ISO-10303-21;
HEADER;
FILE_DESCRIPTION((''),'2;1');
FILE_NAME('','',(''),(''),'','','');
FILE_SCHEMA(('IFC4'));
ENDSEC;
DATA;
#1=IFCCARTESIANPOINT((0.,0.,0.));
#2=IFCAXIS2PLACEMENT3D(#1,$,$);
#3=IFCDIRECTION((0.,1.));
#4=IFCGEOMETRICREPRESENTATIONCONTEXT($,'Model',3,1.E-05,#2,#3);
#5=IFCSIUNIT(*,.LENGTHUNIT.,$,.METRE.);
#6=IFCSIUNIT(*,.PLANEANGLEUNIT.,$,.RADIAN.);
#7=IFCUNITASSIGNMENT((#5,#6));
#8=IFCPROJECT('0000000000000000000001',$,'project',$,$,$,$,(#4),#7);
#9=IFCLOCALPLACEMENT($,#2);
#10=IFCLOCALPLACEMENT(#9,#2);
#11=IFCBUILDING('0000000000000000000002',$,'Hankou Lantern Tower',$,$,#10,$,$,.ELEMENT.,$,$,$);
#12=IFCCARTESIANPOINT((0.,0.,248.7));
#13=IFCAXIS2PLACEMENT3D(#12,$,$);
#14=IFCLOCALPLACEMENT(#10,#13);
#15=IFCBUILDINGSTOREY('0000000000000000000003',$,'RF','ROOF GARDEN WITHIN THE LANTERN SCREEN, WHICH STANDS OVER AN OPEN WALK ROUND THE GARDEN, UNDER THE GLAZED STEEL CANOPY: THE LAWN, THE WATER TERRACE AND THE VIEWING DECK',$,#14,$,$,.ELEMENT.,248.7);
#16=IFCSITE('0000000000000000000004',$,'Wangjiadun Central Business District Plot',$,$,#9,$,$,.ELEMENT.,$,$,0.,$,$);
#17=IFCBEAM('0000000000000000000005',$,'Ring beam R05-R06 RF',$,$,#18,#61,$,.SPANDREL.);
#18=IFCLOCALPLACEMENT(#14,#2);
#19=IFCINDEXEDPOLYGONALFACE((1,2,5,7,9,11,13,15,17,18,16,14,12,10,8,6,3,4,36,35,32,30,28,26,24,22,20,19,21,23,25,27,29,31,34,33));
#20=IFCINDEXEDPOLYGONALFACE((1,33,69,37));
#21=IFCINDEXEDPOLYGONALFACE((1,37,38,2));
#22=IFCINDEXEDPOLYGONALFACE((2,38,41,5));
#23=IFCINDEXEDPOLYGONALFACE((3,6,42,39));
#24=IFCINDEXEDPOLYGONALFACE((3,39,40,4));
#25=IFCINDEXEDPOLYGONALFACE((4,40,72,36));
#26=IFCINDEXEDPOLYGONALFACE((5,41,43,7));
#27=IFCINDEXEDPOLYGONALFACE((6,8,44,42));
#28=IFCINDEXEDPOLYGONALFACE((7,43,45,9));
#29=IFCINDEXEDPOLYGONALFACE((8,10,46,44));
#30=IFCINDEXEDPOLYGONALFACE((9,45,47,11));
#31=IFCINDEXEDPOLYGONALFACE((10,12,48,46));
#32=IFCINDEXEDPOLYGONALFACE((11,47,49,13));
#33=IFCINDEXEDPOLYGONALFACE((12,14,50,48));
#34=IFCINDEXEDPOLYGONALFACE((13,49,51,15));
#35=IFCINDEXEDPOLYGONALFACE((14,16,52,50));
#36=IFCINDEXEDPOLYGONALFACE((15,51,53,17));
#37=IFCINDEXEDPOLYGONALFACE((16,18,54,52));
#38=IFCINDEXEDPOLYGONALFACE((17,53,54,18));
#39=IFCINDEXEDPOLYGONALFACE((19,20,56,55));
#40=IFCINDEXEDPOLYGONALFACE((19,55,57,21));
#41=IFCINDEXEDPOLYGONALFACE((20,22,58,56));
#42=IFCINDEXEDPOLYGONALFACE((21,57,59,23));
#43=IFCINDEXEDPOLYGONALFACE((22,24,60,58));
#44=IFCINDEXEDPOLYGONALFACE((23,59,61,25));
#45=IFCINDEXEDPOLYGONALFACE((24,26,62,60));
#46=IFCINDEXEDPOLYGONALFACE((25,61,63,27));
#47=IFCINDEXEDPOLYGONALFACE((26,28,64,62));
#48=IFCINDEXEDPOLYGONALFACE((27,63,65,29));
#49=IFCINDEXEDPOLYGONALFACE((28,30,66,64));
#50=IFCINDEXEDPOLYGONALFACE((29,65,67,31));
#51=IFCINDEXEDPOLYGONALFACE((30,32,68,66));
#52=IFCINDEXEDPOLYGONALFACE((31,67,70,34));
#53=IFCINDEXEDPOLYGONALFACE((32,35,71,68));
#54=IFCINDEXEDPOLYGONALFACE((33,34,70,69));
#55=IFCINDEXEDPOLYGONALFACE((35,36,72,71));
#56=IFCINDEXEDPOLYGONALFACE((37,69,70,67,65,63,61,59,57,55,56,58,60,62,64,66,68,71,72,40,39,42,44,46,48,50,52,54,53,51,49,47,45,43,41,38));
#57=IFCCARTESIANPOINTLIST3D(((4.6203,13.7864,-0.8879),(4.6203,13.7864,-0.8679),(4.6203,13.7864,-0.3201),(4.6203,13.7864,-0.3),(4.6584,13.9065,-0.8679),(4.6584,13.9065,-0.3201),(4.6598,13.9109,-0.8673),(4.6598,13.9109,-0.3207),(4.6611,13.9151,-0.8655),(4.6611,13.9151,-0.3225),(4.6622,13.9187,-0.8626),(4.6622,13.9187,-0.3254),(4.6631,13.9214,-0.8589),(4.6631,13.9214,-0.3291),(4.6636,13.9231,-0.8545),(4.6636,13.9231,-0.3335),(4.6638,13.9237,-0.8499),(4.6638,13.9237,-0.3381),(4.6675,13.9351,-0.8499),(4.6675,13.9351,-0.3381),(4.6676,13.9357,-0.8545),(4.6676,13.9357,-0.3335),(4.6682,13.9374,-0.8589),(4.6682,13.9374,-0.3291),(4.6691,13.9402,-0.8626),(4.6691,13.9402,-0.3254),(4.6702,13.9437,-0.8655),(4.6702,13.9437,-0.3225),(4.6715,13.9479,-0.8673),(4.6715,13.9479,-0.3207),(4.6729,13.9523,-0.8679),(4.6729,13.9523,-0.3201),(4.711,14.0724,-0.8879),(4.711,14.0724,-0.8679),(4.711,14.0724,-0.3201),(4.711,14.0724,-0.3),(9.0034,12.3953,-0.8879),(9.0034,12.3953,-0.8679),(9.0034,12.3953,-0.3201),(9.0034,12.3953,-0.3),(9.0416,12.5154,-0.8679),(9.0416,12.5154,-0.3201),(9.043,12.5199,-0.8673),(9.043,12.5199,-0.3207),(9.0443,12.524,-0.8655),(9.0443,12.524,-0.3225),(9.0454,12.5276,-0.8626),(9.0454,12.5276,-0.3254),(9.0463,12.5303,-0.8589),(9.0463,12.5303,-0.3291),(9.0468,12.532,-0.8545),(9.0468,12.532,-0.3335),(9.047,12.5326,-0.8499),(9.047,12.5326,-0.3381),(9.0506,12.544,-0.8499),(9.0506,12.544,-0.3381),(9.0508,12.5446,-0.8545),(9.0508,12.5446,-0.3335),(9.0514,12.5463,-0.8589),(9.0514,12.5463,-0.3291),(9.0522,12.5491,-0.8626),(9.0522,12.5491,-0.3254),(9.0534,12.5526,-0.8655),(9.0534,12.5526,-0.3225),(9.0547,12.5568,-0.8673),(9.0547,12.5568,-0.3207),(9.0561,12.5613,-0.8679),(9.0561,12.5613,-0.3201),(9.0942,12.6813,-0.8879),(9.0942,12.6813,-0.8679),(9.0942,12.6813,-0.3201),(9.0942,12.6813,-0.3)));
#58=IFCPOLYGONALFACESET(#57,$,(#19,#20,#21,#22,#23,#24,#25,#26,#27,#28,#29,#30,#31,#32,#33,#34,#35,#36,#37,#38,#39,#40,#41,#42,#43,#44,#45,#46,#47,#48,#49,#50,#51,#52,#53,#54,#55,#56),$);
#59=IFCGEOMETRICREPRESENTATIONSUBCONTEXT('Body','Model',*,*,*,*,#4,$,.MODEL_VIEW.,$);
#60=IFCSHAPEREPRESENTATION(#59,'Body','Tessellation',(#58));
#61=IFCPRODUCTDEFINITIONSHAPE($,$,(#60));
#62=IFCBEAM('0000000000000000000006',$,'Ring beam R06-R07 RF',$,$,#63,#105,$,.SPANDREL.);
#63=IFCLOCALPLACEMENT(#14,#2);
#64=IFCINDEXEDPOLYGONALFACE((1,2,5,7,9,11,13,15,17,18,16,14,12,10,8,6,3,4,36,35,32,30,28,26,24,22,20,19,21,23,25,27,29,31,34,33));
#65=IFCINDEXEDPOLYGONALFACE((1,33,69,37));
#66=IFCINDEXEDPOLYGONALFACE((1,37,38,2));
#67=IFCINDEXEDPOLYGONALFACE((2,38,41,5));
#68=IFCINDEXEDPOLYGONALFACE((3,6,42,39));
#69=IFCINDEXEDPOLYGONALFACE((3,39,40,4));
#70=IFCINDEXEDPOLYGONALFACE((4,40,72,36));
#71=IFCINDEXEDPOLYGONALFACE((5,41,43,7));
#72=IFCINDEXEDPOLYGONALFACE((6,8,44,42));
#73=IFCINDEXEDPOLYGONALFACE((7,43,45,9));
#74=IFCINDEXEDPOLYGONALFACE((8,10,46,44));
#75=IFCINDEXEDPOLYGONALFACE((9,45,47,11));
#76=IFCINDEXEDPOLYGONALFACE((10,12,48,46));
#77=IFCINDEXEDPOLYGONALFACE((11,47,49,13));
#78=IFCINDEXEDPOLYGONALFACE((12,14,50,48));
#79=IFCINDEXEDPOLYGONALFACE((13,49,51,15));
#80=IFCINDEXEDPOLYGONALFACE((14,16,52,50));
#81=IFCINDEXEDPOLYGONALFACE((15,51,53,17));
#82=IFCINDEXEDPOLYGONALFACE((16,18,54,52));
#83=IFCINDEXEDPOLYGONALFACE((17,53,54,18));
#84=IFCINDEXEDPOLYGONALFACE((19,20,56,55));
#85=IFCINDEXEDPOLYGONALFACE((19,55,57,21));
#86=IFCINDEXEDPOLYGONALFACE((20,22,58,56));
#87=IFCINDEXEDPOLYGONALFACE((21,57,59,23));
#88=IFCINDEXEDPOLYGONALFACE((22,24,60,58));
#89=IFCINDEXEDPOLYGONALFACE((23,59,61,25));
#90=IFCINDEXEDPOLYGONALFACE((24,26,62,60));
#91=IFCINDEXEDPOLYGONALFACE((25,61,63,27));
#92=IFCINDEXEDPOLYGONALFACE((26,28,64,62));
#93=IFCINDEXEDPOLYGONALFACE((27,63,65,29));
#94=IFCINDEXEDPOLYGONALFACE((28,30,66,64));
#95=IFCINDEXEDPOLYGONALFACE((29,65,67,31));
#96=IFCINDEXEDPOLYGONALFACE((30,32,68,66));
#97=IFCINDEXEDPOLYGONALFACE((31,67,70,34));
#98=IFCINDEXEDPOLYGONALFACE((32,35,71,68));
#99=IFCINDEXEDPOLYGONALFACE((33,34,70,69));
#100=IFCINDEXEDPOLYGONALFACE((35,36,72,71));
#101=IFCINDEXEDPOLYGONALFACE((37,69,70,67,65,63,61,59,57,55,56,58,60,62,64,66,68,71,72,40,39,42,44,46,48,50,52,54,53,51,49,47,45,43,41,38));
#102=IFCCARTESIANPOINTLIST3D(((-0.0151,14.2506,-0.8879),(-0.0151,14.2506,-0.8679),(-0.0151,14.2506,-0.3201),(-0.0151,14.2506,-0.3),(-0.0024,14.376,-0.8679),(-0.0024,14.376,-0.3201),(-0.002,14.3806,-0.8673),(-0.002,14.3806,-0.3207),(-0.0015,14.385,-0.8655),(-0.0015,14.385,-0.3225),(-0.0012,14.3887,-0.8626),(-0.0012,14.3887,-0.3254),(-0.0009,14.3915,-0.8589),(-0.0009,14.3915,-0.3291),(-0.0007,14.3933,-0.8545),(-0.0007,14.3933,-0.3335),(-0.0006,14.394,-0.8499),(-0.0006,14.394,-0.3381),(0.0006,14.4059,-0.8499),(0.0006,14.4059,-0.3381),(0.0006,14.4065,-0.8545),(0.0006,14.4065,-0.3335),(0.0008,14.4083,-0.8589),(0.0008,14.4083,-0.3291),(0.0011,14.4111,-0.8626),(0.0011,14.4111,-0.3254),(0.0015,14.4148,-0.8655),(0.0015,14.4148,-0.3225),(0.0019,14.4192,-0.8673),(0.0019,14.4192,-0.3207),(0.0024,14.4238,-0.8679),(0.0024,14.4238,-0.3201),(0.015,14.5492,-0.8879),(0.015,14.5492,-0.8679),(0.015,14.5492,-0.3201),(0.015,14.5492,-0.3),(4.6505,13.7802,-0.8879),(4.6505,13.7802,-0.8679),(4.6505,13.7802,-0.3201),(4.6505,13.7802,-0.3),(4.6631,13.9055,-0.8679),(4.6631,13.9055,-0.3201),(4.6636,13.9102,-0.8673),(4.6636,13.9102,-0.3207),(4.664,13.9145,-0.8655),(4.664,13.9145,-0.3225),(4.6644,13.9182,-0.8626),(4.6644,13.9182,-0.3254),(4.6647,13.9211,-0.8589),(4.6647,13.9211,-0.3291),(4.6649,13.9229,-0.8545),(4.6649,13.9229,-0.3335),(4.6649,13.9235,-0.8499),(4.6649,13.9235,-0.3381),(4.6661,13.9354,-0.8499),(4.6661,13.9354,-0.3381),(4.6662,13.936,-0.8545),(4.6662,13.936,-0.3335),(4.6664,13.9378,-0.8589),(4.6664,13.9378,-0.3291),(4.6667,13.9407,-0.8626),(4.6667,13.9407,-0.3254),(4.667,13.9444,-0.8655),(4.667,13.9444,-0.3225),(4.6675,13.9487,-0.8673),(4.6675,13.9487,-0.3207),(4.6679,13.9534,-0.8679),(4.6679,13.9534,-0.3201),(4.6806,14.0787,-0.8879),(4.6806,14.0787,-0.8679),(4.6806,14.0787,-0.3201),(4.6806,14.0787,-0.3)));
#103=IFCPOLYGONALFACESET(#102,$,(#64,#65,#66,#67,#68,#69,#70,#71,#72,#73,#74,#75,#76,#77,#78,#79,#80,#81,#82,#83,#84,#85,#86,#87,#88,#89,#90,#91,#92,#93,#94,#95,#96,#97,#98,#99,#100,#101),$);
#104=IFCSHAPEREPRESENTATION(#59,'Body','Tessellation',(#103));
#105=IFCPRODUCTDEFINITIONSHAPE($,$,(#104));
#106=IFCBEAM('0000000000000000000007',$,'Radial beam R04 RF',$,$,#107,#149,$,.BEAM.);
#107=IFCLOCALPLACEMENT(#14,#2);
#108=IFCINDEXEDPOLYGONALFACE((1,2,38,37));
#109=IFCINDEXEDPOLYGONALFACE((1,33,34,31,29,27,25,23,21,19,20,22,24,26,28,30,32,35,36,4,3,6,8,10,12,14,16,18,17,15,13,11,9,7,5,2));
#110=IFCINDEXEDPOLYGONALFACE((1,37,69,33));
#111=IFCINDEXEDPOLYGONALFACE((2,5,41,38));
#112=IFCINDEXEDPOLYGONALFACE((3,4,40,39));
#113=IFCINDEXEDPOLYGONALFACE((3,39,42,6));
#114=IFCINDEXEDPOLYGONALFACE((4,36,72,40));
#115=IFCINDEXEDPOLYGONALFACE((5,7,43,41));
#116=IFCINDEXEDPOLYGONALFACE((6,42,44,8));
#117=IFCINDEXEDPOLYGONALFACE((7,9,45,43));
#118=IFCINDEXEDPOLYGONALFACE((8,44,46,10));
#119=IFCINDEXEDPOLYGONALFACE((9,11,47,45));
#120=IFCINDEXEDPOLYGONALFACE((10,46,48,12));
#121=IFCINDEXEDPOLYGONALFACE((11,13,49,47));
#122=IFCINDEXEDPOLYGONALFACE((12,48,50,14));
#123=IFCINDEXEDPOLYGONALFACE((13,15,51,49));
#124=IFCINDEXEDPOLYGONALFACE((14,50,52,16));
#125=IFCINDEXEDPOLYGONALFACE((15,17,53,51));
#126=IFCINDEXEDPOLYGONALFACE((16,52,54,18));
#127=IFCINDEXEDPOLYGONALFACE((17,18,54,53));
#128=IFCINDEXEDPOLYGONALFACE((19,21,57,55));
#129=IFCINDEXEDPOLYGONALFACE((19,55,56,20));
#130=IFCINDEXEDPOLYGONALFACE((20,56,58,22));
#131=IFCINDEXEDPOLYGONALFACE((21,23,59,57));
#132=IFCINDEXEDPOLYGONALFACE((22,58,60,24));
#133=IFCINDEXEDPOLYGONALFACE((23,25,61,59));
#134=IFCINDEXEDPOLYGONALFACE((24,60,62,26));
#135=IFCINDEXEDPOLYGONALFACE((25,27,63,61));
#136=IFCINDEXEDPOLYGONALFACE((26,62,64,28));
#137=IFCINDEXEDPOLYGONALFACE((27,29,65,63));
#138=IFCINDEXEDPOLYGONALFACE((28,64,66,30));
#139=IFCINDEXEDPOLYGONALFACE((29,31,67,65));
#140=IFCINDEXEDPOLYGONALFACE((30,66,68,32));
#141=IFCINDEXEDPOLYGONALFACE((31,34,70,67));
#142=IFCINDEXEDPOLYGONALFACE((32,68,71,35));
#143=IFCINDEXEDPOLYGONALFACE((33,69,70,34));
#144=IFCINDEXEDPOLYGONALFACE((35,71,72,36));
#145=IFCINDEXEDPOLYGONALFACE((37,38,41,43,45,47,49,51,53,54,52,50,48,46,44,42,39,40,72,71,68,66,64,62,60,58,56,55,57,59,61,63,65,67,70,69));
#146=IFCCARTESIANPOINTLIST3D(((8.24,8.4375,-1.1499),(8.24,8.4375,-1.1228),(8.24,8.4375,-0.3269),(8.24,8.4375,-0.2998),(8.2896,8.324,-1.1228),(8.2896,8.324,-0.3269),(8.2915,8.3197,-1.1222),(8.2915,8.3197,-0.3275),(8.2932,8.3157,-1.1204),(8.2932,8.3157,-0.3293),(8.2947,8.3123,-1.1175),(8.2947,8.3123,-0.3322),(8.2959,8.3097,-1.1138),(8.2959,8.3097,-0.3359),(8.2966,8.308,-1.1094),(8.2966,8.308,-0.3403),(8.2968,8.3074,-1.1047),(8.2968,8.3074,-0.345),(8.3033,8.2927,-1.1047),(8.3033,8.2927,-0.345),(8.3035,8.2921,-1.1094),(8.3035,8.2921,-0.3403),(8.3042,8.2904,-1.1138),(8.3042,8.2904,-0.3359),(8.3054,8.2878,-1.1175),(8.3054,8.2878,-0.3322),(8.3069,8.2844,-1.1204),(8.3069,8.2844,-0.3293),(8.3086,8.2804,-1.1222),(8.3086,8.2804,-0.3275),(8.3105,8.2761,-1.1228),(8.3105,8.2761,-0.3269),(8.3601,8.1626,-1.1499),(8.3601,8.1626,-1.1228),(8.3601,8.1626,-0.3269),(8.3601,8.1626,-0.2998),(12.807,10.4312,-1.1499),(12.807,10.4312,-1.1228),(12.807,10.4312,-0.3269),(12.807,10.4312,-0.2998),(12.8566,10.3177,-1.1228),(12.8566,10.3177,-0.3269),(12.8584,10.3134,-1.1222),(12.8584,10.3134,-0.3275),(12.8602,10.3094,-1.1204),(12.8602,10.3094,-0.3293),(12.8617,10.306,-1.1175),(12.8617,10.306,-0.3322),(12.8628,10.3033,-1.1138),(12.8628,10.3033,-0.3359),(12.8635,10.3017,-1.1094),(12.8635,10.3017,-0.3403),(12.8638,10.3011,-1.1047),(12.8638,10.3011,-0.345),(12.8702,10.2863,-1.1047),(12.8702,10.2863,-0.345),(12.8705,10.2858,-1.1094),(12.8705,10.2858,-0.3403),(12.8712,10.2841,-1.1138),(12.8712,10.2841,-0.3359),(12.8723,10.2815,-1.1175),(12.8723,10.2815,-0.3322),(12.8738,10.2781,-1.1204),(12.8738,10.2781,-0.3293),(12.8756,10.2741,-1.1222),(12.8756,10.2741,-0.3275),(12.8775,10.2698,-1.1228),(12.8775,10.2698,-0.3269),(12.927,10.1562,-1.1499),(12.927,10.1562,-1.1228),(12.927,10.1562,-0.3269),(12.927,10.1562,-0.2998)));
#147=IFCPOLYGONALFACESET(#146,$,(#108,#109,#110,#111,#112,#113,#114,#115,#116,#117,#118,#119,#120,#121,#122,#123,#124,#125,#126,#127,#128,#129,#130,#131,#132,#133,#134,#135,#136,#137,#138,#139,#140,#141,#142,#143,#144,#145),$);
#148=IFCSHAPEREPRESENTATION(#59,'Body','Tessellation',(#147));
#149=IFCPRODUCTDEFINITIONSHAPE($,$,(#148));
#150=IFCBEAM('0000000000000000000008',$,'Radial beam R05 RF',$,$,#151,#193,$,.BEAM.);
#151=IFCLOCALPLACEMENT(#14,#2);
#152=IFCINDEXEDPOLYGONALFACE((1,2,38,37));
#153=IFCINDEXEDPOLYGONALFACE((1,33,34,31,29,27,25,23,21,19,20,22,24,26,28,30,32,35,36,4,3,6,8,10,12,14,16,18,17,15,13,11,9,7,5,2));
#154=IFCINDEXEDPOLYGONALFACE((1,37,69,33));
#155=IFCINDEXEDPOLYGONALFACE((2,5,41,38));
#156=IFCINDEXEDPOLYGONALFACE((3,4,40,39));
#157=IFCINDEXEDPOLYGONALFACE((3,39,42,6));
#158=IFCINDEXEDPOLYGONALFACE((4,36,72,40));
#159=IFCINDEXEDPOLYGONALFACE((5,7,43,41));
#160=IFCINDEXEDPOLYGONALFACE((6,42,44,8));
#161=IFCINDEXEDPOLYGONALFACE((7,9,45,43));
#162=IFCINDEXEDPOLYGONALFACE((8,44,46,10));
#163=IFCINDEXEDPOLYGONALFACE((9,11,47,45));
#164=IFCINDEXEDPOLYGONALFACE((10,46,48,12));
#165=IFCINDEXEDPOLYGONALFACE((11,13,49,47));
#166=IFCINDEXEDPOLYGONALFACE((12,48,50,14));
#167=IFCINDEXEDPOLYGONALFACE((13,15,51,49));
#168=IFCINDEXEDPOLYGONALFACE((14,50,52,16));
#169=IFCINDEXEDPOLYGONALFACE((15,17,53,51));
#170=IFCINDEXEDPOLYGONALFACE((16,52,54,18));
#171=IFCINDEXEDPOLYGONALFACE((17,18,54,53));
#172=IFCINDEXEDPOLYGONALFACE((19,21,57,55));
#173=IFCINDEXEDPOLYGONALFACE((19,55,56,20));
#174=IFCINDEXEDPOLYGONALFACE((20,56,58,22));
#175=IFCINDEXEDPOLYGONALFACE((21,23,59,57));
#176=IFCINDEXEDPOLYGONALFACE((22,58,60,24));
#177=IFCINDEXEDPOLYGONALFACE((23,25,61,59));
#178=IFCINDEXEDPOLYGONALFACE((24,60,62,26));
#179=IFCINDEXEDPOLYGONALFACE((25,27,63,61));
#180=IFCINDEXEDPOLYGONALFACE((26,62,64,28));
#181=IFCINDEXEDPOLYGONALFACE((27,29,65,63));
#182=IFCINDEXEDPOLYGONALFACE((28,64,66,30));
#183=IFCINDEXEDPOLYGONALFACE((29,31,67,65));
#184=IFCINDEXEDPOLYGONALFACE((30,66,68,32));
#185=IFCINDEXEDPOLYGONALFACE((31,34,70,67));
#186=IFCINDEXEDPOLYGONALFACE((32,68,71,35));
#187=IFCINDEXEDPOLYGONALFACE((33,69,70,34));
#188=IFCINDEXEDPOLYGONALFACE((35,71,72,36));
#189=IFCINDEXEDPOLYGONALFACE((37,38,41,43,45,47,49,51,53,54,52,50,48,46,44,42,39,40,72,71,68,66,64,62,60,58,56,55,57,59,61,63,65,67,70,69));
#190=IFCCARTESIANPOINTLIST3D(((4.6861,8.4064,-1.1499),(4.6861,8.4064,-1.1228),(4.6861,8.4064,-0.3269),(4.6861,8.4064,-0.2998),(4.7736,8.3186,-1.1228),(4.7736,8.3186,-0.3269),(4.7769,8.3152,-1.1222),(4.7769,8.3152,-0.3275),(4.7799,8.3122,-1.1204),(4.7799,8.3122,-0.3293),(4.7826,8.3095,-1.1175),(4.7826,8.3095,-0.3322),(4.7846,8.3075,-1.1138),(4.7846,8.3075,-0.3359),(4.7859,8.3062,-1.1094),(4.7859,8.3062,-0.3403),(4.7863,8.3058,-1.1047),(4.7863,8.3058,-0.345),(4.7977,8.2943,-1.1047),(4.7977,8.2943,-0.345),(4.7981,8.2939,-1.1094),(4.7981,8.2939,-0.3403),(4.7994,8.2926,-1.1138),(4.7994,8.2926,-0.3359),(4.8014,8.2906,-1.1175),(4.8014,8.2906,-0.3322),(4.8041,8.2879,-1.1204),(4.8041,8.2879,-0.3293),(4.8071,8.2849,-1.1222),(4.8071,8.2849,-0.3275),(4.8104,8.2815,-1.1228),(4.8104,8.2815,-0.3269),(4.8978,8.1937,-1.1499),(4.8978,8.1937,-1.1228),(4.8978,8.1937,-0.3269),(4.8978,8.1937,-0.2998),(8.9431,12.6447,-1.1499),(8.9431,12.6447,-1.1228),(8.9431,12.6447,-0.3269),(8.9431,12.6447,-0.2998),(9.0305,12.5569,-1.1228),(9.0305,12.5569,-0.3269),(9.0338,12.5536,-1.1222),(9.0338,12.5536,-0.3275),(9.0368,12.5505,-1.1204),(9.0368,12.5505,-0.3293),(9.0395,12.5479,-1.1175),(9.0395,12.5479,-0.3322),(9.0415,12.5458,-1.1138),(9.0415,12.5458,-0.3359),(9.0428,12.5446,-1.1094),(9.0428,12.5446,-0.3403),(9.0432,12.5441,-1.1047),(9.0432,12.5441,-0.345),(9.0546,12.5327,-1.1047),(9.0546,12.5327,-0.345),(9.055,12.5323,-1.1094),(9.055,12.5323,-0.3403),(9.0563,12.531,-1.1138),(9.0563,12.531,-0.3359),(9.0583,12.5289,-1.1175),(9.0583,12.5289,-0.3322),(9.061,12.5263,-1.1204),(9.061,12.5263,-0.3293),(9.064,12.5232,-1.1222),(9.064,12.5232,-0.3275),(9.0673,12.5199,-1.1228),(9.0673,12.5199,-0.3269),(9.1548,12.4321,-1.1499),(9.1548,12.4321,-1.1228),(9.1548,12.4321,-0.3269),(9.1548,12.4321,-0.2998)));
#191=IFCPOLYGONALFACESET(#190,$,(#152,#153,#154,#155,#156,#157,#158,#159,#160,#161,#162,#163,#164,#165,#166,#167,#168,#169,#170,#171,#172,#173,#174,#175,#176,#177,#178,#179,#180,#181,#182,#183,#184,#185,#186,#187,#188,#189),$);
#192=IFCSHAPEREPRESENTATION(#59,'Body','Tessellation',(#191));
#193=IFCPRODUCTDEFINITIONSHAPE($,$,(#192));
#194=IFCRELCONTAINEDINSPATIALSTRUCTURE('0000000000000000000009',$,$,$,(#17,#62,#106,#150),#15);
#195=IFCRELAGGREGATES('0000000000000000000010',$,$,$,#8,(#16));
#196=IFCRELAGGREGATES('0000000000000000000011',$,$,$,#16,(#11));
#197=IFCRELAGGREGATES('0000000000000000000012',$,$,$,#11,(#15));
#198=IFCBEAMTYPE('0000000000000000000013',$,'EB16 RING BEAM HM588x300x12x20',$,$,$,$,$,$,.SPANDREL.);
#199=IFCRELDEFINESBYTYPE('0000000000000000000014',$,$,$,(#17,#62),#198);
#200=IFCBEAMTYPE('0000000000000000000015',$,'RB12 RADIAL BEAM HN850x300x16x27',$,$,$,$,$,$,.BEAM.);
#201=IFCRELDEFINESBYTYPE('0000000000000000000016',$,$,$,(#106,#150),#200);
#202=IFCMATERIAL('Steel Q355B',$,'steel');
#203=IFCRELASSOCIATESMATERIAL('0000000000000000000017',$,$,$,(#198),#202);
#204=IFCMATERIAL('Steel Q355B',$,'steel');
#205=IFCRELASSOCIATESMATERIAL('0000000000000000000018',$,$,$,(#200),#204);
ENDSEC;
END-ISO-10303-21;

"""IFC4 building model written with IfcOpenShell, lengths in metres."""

from ifc_helpers import new_model, si_unit, direction, frame, origin, origin_2d, place, context, subcontext, project, spatial, i_section, extrude, material, material_profile, profile_set, type_object, element, save


model = new_model("IFC4")

# Units and contexts
model_context = context("Model", 3, precision=1e-05, world=origin(), true_north=direction((0.0, 1.0)))
body_context = subcontext(model_context, "Body", "Model", "MODEL_VIEW")
ifc_project = project(units=[si_unit("LENGTHUNIT", "METRE"), si_unit("PLANEANGLEUNIT", "RADIAN")], contexts=[model_context])

# Site, building, storey
site_placement = place(None, origin())
site = spatial("IfcSite", under=ifc_project, at=site_placement, Name="Wangjiadun Central Business District Plot", CompositionType="ELEMENT", RefElevation=0.0)
building_placement = place(site_placement, origin())
building = spatial("IfcBuilding", under=site, at=building_placement, Name="Hankou Lantern Tower", CompositionType="ELEMENT")
storey_placement = place(building_placement, frame((0.0, 0.0, 248.7)))
storey = spatial("IfcBuildingStorey", under=building, at=storey_placement, Name="RF", Description="ROOF GARDEN WITHIN THE LANTERN SCREEN, WHICH STANDS OVER AN OPEN WALK ROUND THE GARDEN, UNDER THE GLAZED STEEL CANOPY: THE LAWN, THE WATER TERRACE AND THE VIEWING DECK", CompositionType="ELEMENT", Elevation=248.7)

# Beams
ifc_material_1 = material(Name="Steel Q355B", Category="steel")
ifc_material_profile_1 = material_profile(ifc_material_1, i_section(OverallWidth=0.3, OverallDepth=0.5879, WebThickness=0.012, FlangeThickness=0.02, FilletRadius=0.0181, at=origin_2d()), Name="HM588x300x12x20")
ifc_profile_set_1 = profile_set([ifc_material_profile_1], Name="Steel Q355B")
beam_type_1 = type_object("IfcBeamType", Name="EB16 RING BEAM HM588x300x12x20", PredefinedType="SPANDREL", material=ifc_profile_set_1)
beam_1_placement = place(storey_placement, frame((9.0488, 12.5383, -0.594), z_axis=(-0.95315, 0.302498, 0.0), x_axis=(-0.302498, -0.95315, 0.0)))
element("IfcBeam", 1, at=beam_1_placement, inside=storey, type_object=beam_type_1, Name="Ring beam R05-R06 RF", PredefinedType="SPANDREL", context=body_context, shape_type="SweptSolid", body=[
    extrude(i_section(OverallWidth=0.3, OverallDepth=0.5879, WebThickness=0.012, FlangeThickness=0.02, FilletRadius=0.0181, at=origin_2d()), origin(), (0.0, 0.0, 1.0), 4.5986),
])
beam_2_placement = place(storey_placement, frame((4.6655, 13.9294, -0.594), z_axis=(-0.994954, 0.100328, 0.0), x_axis=(-0.100328, -0.994954, 0.0)))
element("IfcBeam", 2, at=beam_2_placement, inside=storey, type_object=beam_type_1, Name="Ring beam R06-R07 RF", PredefinedType="SPANDREL", context=body_context, shape_type="SweptSolid", body=[
    extrude(i_section(OverallWidth=0.3, OverallDepth=0.5879, WebThickness=0.012, FlangeThickness=0.02, FilletRadius=0.0181, at=origin_2d()), origin(), (0.0, 0.0, 1.0), 4.6892),
])
ifc_material_2 = material(Name="Steel Q355B", Category="steel")
ifc_material_profile_2 = material_profile(ifc_material_2, i_section(OverallWidth=0.3, OverallDepth=0.8501, WebThickness=0.0161, FlangeThickness=0.0271, FilletRadius=0.0181, at=origin_2d()), Name="HN850x300x16x27")
ifc_profile_set_2 = profile_set([ifc_material_profile_2], Name="Steel Q355B")
beam_type_2 = type_object("IfcBeamType", Name="RB12 RADIAL BEAM HN850x300x16x27", PredefinedType="BEAM", material=ifc_profile_set_2)
beam_3_placement = place(storey_placement, frame((8.3, 8.3, -0.7249), z_axis=(0.916479, 0.400084, 0.0), x_axis=(-0.400084, 0.916479, 0.0)))
element("IfcBeam", 3, at=beam_3_placement, inside=storey, type_object=beam_type_2, Name="Radial beam R04 RF", PredefinedType="BEAM", context=body_context, shape_type="SweptSolid", body=[
    extrude(i_section(OverallWidth=0.3, OverallDepth=0.8501, WebThickness=0.0161, FlangeThickness=0.0271, FilletRadius=0.0181, at=origin_2d()), origin(), (0.0, 0.0, 1.0), 4.9832),
])
beam_4_placement = place(storey_placement, frame((4.792, 8.3, -0.7249), z_axis=(0.70865, 0.705561, 0.0), x_axis=(-0.705561, 0.70865, 0.0)))
element("IfcBeam", 4, at=beam_4_placement, inside=storey, type_object=beam_type_2, Name="Radial beam R05 RF", PredefinedType="BEAM", context=body_context, shape_type="SweptSolid", body=[
    extrude(i_section(OverallWidth=0.3, OverallDepth=0.8501, WebThickness=0.0161, FlangeThickness=0.0271, FilletRadius=0.0181, at=origin_2d()), origin(), (0.0, 0.0, 1.0), 6.0071),
])

save(model, "model.ifc")
